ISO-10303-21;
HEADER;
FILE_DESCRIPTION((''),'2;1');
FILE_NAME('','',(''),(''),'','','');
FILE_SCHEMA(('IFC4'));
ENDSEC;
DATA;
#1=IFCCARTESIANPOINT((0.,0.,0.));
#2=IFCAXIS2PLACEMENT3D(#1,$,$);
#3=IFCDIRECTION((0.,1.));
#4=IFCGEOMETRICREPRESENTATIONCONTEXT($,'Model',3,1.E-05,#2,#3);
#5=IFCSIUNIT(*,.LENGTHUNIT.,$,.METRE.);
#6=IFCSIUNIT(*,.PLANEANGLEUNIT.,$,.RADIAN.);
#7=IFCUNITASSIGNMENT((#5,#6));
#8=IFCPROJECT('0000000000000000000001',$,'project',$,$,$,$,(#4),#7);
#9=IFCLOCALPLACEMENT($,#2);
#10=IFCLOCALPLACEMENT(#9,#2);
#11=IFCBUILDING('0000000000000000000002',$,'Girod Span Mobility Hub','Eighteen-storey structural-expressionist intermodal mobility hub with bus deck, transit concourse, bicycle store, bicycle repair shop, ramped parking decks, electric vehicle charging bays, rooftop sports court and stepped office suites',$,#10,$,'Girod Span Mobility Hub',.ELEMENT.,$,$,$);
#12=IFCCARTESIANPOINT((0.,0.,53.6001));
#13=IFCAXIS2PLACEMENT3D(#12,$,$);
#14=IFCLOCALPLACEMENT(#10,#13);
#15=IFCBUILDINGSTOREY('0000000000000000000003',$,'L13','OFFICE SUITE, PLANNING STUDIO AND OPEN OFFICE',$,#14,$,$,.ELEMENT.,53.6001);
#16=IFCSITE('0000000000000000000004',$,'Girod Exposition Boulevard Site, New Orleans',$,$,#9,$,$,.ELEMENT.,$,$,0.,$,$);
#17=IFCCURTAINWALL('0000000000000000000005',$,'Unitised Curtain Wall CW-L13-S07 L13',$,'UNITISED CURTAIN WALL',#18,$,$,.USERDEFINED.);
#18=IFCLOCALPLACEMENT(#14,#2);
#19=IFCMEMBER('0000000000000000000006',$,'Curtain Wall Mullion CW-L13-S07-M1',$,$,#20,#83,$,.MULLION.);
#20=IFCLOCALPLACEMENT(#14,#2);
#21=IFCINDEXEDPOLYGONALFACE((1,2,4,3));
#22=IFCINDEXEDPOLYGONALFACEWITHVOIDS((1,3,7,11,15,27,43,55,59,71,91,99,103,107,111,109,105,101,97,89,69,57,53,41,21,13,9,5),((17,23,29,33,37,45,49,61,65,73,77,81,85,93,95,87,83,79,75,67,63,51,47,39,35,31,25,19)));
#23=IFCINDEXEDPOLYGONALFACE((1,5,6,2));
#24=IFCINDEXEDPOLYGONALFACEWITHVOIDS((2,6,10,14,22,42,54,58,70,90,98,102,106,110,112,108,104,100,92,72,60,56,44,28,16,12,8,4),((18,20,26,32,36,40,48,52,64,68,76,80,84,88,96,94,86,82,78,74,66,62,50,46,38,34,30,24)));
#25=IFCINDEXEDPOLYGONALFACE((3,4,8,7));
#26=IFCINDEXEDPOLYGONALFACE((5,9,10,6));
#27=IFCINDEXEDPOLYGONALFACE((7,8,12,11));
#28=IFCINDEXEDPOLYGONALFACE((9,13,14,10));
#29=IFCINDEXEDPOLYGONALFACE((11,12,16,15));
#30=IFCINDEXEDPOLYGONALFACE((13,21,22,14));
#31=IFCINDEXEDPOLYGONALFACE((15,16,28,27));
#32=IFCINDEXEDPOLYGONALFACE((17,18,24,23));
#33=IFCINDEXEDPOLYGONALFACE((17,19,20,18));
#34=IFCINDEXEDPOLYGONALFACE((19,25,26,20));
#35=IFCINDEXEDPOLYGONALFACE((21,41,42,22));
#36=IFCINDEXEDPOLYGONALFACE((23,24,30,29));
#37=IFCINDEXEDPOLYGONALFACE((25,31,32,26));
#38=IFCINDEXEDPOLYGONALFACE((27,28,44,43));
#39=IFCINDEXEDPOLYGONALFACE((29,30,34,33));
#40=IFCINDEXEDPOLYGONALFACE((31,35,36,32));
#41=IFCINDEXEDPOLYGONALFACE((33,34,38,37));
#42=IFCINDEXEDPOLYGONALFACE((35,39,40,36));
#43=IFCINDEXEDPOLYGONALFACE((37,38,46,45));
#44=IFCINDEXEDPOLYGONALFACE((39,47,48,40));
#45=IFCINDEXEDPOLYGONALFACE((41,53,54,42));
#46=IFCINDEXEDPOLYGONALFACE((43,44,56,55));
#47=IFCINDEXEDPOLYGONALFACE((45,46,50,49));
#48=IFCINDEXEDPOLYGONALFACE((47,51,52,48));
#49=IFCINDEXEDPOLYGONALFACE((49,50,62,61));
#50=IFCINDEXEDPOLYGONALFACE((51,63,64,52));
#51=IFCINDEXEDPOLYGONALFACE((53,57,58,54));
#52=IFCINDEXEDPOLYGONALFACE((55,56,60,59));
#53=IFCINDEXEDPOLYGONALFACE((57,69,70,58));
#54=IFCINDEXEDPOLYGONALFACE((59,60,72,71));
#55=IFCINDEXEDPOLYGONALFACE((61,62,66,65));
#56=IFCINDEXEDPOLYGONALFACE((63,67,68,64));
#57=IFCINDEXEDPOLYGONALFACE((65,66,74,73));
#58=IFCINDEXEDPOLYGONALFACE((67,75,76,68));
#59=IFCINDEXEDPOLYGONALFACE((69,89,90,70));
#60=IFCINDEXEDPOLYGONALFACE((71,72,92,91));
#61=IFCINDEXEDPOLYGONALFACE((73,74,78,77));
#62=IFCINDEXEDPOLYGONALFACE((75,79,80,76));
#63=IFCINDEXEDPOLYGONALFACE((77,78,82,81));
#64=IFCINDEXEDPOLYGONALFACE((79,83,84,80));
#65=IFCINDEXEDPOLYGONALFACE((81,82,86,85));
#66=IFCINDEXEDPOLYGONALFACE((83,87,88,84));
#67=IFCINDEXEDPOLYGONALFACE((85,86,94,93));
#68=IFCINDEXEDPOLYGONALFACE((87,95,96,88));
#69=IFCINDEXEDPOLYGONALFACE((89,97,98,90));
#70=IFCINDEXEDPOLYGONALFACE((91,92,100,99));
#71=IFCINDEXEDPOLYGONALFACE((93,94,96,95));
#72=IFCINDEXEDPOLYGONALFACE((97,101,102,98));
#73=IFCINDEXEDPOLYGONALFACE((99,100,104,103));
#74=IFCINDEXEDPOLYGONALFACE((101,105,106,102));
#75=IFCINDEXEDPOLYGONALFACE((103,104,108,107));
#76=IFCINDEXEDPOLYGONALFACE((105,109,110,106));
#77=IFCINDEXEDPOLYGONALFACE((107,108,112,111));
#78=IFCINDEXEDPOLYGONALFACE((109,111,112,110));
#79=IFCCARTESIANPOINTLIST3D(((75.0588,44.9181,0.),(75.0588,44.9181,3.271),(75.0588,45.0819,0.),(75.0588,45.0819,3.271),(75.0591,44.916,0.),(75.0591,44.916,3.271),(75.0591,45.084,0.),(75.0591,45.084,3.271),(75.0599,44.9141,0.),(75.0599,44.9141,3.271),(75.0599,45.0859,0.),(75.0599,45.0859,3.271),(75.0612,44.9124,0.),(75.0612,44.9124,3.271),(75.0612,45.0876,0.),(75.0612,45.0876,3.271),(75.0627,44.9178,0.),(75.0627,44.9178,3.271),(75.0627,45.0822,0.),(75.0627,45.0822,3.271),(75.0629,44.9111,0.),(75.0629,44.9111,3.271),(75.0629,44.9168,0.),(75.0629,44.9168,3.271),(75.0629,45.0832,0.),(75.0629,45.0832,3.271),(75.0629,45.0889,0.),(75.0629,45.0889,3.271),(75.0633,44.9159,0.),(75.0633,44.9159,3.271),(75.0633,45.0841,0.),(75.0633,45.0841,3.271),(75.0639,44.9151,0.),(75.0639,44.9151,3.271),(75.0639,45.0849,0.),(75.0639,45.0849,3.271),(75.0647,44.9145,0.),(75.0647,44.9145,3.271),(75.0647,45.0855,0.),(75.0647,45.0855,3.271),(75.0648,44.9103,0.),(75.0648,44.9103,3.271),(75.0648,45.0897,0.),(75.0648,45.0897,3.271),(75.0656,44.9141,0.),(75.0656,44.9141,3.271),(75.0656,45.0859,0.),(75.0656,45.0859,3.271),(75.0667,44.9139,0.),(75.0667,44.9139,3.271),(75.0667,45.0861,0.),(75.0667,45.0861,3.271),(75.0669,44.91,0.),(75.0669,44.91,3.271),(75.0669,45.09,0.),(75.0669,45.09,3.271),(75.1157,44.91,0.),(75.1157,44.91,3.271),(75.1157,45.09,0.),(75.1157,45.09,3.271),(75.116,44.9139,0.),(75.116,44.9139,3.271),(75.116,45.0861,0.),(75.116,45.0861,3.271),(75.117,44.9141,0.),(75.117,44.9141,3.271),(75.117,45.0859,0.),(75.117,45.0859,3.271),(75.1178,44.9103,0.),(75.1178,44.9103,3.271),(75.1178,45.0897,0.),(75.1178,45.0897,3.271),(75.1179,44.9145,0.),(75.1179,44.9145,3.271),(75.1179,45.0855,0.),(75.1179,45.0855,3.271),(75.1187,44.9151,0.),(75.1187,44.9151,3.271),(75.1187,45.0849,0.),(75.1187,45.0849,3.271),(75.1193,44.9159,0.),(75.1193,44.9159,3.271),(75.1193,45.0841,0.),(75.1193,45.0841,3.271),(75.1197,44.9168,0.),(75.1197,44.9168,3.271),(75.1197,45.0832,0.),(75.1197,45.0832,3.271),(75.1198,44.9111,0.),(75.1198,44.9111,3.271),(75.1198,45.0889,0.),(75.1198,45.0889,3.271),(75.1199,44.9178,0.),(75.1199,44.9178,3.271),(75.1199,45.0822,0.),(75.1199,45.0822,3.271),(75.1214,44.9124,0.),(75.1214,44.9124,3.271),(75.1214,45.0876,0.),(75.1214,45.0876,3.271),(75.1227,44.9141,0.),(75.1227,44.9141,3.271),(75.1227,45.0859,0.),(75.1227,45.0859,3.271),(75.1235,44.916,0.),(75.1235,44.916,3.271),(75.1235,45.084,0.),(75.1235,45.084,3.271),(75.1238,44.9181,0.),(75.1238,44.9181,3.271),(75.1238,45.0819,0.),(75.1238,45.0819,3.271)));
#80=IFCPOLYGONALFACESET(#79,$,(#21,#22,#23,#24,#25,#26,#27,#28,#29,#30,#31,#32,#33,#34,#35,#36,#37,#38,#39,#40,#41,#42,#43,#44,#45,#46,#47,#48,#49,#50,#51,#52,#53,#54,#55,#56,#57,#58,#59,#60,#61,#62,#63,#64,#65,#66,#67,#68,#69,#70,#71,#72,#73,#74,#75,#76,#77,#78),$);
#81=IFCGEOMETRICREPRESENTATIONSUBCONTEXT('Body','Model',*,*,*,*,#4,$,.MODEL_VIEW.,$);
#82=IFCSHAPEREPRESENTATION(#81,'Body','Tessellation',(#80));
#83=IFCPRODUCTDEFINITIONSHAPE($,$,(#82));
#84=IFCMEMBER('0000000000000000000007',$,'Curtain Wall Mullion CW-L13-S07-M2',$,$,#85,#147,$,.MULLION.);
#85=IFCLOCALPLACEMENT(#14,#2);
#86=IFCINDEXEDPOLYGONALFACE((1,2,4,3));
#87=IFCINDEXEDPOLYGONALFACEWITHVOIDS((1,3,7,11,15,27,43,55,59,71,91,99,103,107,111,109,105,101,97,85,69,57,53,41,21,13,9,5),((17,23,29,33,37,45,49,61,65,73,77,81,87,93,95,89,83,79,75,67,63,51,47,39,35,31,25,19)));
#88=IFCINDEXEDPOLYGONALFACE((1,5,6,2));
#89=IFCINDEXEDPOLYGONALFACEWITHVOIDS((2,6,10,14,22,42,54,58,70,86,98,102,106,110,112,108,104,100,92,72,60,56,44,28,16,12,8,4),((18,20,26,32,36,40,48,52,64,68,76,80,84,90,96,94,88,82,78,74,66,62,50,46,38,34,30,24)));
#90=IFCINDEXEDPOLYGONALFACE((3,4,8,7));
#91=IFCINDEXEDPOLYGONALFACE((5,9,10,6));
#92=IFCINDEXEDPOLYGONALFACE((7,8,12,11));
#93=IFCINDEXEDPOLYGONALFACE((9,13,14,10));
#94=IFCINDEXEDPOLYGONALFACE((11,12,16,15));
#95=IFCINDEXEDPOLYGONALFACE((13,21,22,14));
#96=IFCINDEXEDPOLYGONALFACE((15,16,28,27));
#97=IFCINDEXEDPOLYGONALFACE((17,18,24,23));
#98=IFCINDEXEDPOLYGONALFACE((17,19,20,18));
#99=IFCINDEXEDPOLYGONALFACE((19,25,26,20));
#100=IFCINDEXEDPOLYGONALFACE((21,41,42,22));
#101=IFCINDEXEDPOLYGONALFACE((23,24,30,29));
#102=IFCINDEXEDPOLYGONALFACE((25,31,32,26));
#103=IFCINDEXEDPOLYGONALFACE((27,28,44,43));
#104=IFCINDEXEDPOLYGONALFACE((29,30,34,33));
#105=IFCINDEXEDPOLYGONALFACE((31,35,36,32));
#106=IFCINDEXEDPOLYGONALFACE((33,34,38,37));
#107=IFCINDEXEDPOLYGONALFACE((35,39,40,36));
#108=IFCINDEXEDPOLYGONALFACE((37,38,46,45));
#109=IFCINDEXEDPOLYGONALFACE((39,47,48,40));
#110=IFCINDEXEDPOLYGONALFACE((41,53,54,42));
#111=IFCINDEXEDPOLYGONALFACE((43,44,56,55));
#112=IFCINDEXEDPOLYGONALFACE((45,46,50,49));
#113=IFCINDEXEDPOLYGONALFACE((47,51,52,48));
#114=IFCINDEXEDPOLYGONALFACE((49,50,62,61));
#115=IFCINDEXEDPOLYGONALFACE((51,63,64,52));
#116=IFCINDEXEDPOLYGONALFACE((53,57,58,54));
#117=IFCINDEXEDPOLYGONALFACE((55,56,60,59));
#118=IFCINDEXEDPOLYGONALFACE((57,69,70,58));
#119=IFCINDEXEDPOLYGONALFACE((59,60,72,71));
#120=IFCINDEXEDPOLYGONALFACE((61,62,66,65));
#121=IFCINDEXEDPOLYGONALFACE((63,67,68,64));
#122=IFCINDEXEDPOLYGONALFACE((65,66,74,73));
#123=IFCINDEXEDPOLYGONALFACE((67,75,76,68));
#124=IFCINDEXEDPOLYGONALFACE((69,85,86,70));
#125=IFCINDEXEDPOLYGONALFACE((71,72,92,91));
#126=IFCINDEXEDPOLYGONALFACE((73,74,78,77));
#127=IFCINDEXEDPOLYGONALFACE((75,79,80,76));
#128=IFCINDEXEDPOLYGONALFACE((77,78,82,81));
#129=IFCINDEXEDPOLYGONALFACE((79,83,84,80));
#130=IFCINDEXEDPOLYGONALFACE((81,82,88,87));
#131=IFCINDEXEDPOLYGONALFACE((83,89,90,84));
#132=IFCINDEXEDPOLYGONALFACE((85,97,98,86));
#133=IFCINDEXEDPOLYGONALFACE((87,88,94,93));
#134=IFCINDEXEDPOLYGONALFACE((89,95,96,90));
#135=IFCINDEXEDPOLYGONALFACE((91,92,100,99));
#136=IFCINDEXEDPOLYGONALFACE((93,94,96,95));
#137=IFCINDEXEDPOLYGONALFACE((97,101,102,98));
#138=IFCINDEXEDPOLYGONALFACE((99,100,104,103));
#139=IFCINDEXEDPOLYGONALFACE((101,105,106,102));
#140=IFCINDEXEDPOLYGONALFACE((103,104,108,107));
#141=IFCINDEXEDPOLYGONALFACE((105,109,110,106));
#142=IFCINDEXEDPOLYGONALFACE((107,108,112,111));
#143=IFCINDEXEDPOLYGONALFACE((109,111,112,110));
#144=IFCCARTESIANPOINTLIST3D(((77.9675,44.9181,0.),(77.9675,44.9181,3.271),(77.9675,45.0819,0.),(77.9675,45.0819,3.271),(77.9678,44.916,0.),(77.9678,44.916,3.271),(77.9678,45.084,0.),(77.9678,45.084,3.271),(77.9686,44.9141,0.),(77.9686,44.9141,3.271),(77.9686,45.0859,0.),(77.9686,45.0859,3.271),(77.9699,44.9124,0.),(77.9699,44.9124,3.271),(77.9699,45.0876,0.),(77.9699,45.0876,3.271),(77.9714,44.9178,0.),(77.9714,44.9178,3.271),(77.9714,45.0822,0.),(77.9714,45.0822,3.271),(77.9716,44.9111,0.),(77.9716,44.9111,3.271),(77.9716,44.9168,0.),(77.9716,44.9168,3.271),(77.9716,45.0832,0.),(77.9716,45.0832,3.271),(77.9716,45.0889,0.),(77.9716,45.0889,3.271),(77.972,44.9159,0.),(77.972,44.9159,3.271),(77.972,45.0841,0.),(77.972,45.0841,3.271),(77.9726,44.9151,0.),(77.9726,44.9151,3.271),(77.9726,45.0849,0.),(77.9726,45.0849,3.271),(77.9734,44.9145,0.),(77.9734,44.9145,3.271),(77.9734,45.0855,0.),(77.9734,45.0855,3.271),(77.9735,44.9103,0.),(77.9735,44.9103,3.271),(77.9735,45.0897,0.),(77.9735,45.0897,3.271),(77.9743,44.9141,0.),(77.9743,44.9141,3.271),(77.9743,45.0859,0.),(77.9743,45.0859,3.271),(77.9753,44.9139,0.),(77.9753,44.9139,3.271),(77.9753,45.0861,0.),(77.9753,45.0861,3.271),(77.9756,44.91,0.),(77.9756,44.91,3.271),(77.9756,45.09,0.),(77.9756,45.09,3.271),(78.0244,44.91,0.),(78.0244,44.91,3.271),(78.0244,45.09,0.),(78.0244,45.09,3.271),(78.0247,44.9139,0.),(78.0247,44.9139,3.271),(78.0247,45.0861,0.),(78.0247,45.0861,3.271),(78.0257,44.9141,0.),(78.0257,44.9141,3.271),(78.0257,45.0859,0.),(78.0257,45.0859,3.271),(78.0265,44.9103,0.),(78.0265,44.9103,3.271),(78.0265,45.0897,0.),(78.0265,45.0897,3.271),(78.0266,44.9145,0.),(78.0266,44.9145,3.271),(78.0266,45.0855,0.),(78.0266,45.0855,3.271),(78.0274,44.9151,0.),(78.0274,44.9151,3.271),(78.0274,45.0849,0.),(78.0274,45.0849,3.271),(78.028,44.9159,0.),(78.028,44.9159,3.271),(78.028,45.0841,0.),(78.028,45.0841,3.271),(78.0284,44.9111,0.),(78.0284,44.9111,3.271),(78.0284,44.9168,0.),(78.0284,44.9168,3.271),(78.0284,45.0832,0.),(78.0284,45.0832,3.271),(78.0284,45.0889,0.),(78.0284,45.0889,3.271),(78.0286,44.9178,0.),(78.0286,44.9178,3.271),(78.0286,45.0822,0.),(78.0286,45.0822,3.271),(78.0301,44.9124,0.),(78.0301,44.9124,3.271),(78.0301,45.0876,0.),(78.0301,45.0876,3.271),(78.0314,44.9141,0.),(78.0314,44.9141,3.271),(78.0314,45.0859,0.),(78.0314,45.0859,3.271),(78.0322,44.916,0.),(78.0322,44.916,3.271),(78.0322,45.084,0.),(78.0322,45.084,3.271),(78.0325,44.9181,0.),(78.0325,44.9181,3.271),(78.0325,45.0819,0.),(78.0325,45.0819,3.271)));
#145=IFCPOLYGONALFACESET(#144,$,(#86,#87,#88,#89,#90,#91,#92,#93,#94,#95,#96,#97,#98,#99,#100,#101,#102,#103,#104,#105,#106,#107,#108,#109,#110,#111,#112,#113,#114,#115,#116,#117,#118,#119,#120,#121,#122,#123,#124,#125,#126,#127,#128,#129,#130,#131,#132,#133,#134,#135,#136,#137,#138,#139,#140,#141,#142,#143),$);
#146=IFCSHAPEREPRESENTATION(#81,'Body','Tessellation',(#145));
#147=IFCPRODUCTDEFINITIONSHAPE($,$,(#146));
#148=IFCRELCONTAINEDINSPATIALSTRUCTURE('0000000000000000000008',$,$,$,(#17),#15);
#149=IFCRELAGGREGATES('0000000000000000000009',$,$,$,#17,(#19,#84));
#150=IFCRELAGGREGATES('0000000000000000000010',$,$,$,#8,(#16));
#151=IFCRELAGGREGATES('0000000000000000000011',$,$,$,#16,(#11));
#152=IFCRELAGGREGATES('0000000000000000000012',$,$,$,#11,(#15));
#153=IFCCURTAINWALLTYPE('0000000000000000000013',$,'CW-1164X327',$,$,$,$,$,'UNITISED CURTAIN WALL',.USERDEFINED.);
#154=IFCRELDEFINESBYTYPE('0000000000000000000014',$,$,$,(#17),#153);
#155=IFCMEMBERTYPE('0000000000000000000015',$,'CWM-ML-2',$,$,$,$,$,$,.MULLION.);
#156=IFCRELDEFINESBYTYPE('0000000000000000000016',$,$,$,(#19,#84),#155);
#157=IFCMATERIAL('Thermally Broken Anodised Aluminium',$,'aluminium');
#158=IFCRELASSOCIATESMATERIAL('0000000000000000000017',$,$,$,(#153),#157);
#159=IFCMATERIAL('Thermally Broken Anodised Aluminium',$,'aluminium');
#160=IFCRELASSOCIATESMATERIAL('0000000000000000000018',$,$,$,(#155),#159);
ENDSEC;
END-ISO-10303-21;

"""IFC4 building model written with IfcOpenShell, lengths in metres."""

from ifc_helpers import new_model, si_unit, direction, frame, origin, origin_2d, place, context, subcontext, project, spatial, hollow_rectangle, extrude, material, material_profile, profile_set, type_object, element, aggregate, save


model = new_model("IFC4")

# Units and contexts
model_context = context("Model", 3, precision=1e-05, world=origin(), true_north=direction((0.0, 1.0)))
body_context = subcontext(model_context, "Body", "Model", "MODEL_VIEW")
ifc_project = project(units=[si_unit("LENGTHUNIT", "METRE"), si_unit("PLANEANGLEUNIT", "RADIAN")], contexts=[model_context])

# Site, building, storey
site_placement = place(None, origin())
site = spatial("IfcSite", under=ifc_project, at=site_placement, Name="Girod Exposition Boulevard Site, New Orleans", CompositionType="ELEMENT", RefElevation=0.0)
building_placement = place(site_placement, origin())
building = spatial("IfcBuilding", under=site, at=building_placement, Name="Girod Span Mobility Hub", Description="Eighteen-storey structural-expressionist intermodal mobility hub with bus deck, transit concourse, bicycle store, bicycle repair shop, ramped parking decks, electric vehicle charging bays, rooftop sports court and stepped office suites", LongName="Girod Span Mobility Hub", CompositionType="ELEMENT")
storey_placement = place(building_placement, frame((0.0, 0.0, 53.6001)))
storey = spatial("IfcBuildingStorey", under=building, at=storey_placement, Name="L13", Description="OFFICE SUITE, PLANNING STUDIO AND OPEN OFFICE", CompositionType="ELEMENT", Elevation=53.6001)

# Curtain wall, members
ifc_material_1 = material(Name="Thermally Broken Anodised Aluminium", Category="aluminium")
curtain_wall_type = type_object("IfcCurtainWallType", Name="CW-1164X327", ElementType="UNITISED CURTAIN WALL", PredefinedType="USERDEFINED", material=ifc_material_1)
curtain_wall_placement = place(storey_placement, origin())
curtain_wall = element("IfcCurtainWall", 1, at=curtain_wall_placement, inside=storey, type_object=curtain_wall_type, Name="Unitised Curtain Wall CW-L13-S07 L13", ObjectType="UNITISED CURTAIN WALL", PredefinedType="USERDEFINED")
ifc_material_2 = material(Name="Thermally Broken Anodised Aluminium", Category="aluminium")
ifc_material_profile_1 = material_profile(ifc_material_2, hollow_rectangle(XDim=0.1799, YDim=0.0649, WallThickness=0.0039, InnerFilletRadius=0.0039, OuterFilletRadius=0.0081, at=origin_2d()), Name="CW-ML-65X180")
ifc_profile_set_1 = profile_set([ifc_material_profile_1], Name="Thermally Broken Anodised Aluminium")
member_type_1 = type_object("IfcMemberType", Name="CWM-ML-2", PredefinedType="MULLION", material=ifc_profile_set_1)
member_1_placement = place(storey_placement, frame((75.0913, 45.0, 0.0), z_axis=(0.0, 0.0, 1.0), x_axis=(0.0, 1.0, 0.0)))
member_1 = element("IfcMember", 2, at=member_1_placement, type_object=member_type_1, Name="Curtain Wall Mullion CW-L13-S07-M1", PredefinedType="MULLION", context=body_context, shape_type="SweptSolid", body=[
    extrude(hollow_rectangle(XDim=0.1799, YDim=0.0649, WallThickness=0.0039, InnerFilletRadius=0.0039, OuterFilletRadius=0.0081, at=origin_2d()), origin(), (0.0, 0.0, 1.0), 3.271),
])
member_2_placement = place(storey_placement, frame((78.0, 45.0, 0.0), z_axis=(0.0, 0.0, 1.0), x_axis=(0.0, 1.0, 0.0)))
member_2 = element("IfcMember", 3, at=member_2_placement, type_object=member_type_1, Name="Curtain Wall Mullion CW-L13-S07-M2", PredefinedType="MULLION", context=body_context, shape_type="SweptSolid", body=[
    extrude(hollow_rectangle(XDim=0.1799, YDim=0.0649, WallThickness=0.0039, InnerFilletRadius=0.0039, OuterFilletRadius=0.0081, at=origin_2d()), origin(), (0.0, 0.0, 1.0), 3.271),
])

aggregate(curtain_wall, [member_1, member_2])

save(model, "model.ifc")
